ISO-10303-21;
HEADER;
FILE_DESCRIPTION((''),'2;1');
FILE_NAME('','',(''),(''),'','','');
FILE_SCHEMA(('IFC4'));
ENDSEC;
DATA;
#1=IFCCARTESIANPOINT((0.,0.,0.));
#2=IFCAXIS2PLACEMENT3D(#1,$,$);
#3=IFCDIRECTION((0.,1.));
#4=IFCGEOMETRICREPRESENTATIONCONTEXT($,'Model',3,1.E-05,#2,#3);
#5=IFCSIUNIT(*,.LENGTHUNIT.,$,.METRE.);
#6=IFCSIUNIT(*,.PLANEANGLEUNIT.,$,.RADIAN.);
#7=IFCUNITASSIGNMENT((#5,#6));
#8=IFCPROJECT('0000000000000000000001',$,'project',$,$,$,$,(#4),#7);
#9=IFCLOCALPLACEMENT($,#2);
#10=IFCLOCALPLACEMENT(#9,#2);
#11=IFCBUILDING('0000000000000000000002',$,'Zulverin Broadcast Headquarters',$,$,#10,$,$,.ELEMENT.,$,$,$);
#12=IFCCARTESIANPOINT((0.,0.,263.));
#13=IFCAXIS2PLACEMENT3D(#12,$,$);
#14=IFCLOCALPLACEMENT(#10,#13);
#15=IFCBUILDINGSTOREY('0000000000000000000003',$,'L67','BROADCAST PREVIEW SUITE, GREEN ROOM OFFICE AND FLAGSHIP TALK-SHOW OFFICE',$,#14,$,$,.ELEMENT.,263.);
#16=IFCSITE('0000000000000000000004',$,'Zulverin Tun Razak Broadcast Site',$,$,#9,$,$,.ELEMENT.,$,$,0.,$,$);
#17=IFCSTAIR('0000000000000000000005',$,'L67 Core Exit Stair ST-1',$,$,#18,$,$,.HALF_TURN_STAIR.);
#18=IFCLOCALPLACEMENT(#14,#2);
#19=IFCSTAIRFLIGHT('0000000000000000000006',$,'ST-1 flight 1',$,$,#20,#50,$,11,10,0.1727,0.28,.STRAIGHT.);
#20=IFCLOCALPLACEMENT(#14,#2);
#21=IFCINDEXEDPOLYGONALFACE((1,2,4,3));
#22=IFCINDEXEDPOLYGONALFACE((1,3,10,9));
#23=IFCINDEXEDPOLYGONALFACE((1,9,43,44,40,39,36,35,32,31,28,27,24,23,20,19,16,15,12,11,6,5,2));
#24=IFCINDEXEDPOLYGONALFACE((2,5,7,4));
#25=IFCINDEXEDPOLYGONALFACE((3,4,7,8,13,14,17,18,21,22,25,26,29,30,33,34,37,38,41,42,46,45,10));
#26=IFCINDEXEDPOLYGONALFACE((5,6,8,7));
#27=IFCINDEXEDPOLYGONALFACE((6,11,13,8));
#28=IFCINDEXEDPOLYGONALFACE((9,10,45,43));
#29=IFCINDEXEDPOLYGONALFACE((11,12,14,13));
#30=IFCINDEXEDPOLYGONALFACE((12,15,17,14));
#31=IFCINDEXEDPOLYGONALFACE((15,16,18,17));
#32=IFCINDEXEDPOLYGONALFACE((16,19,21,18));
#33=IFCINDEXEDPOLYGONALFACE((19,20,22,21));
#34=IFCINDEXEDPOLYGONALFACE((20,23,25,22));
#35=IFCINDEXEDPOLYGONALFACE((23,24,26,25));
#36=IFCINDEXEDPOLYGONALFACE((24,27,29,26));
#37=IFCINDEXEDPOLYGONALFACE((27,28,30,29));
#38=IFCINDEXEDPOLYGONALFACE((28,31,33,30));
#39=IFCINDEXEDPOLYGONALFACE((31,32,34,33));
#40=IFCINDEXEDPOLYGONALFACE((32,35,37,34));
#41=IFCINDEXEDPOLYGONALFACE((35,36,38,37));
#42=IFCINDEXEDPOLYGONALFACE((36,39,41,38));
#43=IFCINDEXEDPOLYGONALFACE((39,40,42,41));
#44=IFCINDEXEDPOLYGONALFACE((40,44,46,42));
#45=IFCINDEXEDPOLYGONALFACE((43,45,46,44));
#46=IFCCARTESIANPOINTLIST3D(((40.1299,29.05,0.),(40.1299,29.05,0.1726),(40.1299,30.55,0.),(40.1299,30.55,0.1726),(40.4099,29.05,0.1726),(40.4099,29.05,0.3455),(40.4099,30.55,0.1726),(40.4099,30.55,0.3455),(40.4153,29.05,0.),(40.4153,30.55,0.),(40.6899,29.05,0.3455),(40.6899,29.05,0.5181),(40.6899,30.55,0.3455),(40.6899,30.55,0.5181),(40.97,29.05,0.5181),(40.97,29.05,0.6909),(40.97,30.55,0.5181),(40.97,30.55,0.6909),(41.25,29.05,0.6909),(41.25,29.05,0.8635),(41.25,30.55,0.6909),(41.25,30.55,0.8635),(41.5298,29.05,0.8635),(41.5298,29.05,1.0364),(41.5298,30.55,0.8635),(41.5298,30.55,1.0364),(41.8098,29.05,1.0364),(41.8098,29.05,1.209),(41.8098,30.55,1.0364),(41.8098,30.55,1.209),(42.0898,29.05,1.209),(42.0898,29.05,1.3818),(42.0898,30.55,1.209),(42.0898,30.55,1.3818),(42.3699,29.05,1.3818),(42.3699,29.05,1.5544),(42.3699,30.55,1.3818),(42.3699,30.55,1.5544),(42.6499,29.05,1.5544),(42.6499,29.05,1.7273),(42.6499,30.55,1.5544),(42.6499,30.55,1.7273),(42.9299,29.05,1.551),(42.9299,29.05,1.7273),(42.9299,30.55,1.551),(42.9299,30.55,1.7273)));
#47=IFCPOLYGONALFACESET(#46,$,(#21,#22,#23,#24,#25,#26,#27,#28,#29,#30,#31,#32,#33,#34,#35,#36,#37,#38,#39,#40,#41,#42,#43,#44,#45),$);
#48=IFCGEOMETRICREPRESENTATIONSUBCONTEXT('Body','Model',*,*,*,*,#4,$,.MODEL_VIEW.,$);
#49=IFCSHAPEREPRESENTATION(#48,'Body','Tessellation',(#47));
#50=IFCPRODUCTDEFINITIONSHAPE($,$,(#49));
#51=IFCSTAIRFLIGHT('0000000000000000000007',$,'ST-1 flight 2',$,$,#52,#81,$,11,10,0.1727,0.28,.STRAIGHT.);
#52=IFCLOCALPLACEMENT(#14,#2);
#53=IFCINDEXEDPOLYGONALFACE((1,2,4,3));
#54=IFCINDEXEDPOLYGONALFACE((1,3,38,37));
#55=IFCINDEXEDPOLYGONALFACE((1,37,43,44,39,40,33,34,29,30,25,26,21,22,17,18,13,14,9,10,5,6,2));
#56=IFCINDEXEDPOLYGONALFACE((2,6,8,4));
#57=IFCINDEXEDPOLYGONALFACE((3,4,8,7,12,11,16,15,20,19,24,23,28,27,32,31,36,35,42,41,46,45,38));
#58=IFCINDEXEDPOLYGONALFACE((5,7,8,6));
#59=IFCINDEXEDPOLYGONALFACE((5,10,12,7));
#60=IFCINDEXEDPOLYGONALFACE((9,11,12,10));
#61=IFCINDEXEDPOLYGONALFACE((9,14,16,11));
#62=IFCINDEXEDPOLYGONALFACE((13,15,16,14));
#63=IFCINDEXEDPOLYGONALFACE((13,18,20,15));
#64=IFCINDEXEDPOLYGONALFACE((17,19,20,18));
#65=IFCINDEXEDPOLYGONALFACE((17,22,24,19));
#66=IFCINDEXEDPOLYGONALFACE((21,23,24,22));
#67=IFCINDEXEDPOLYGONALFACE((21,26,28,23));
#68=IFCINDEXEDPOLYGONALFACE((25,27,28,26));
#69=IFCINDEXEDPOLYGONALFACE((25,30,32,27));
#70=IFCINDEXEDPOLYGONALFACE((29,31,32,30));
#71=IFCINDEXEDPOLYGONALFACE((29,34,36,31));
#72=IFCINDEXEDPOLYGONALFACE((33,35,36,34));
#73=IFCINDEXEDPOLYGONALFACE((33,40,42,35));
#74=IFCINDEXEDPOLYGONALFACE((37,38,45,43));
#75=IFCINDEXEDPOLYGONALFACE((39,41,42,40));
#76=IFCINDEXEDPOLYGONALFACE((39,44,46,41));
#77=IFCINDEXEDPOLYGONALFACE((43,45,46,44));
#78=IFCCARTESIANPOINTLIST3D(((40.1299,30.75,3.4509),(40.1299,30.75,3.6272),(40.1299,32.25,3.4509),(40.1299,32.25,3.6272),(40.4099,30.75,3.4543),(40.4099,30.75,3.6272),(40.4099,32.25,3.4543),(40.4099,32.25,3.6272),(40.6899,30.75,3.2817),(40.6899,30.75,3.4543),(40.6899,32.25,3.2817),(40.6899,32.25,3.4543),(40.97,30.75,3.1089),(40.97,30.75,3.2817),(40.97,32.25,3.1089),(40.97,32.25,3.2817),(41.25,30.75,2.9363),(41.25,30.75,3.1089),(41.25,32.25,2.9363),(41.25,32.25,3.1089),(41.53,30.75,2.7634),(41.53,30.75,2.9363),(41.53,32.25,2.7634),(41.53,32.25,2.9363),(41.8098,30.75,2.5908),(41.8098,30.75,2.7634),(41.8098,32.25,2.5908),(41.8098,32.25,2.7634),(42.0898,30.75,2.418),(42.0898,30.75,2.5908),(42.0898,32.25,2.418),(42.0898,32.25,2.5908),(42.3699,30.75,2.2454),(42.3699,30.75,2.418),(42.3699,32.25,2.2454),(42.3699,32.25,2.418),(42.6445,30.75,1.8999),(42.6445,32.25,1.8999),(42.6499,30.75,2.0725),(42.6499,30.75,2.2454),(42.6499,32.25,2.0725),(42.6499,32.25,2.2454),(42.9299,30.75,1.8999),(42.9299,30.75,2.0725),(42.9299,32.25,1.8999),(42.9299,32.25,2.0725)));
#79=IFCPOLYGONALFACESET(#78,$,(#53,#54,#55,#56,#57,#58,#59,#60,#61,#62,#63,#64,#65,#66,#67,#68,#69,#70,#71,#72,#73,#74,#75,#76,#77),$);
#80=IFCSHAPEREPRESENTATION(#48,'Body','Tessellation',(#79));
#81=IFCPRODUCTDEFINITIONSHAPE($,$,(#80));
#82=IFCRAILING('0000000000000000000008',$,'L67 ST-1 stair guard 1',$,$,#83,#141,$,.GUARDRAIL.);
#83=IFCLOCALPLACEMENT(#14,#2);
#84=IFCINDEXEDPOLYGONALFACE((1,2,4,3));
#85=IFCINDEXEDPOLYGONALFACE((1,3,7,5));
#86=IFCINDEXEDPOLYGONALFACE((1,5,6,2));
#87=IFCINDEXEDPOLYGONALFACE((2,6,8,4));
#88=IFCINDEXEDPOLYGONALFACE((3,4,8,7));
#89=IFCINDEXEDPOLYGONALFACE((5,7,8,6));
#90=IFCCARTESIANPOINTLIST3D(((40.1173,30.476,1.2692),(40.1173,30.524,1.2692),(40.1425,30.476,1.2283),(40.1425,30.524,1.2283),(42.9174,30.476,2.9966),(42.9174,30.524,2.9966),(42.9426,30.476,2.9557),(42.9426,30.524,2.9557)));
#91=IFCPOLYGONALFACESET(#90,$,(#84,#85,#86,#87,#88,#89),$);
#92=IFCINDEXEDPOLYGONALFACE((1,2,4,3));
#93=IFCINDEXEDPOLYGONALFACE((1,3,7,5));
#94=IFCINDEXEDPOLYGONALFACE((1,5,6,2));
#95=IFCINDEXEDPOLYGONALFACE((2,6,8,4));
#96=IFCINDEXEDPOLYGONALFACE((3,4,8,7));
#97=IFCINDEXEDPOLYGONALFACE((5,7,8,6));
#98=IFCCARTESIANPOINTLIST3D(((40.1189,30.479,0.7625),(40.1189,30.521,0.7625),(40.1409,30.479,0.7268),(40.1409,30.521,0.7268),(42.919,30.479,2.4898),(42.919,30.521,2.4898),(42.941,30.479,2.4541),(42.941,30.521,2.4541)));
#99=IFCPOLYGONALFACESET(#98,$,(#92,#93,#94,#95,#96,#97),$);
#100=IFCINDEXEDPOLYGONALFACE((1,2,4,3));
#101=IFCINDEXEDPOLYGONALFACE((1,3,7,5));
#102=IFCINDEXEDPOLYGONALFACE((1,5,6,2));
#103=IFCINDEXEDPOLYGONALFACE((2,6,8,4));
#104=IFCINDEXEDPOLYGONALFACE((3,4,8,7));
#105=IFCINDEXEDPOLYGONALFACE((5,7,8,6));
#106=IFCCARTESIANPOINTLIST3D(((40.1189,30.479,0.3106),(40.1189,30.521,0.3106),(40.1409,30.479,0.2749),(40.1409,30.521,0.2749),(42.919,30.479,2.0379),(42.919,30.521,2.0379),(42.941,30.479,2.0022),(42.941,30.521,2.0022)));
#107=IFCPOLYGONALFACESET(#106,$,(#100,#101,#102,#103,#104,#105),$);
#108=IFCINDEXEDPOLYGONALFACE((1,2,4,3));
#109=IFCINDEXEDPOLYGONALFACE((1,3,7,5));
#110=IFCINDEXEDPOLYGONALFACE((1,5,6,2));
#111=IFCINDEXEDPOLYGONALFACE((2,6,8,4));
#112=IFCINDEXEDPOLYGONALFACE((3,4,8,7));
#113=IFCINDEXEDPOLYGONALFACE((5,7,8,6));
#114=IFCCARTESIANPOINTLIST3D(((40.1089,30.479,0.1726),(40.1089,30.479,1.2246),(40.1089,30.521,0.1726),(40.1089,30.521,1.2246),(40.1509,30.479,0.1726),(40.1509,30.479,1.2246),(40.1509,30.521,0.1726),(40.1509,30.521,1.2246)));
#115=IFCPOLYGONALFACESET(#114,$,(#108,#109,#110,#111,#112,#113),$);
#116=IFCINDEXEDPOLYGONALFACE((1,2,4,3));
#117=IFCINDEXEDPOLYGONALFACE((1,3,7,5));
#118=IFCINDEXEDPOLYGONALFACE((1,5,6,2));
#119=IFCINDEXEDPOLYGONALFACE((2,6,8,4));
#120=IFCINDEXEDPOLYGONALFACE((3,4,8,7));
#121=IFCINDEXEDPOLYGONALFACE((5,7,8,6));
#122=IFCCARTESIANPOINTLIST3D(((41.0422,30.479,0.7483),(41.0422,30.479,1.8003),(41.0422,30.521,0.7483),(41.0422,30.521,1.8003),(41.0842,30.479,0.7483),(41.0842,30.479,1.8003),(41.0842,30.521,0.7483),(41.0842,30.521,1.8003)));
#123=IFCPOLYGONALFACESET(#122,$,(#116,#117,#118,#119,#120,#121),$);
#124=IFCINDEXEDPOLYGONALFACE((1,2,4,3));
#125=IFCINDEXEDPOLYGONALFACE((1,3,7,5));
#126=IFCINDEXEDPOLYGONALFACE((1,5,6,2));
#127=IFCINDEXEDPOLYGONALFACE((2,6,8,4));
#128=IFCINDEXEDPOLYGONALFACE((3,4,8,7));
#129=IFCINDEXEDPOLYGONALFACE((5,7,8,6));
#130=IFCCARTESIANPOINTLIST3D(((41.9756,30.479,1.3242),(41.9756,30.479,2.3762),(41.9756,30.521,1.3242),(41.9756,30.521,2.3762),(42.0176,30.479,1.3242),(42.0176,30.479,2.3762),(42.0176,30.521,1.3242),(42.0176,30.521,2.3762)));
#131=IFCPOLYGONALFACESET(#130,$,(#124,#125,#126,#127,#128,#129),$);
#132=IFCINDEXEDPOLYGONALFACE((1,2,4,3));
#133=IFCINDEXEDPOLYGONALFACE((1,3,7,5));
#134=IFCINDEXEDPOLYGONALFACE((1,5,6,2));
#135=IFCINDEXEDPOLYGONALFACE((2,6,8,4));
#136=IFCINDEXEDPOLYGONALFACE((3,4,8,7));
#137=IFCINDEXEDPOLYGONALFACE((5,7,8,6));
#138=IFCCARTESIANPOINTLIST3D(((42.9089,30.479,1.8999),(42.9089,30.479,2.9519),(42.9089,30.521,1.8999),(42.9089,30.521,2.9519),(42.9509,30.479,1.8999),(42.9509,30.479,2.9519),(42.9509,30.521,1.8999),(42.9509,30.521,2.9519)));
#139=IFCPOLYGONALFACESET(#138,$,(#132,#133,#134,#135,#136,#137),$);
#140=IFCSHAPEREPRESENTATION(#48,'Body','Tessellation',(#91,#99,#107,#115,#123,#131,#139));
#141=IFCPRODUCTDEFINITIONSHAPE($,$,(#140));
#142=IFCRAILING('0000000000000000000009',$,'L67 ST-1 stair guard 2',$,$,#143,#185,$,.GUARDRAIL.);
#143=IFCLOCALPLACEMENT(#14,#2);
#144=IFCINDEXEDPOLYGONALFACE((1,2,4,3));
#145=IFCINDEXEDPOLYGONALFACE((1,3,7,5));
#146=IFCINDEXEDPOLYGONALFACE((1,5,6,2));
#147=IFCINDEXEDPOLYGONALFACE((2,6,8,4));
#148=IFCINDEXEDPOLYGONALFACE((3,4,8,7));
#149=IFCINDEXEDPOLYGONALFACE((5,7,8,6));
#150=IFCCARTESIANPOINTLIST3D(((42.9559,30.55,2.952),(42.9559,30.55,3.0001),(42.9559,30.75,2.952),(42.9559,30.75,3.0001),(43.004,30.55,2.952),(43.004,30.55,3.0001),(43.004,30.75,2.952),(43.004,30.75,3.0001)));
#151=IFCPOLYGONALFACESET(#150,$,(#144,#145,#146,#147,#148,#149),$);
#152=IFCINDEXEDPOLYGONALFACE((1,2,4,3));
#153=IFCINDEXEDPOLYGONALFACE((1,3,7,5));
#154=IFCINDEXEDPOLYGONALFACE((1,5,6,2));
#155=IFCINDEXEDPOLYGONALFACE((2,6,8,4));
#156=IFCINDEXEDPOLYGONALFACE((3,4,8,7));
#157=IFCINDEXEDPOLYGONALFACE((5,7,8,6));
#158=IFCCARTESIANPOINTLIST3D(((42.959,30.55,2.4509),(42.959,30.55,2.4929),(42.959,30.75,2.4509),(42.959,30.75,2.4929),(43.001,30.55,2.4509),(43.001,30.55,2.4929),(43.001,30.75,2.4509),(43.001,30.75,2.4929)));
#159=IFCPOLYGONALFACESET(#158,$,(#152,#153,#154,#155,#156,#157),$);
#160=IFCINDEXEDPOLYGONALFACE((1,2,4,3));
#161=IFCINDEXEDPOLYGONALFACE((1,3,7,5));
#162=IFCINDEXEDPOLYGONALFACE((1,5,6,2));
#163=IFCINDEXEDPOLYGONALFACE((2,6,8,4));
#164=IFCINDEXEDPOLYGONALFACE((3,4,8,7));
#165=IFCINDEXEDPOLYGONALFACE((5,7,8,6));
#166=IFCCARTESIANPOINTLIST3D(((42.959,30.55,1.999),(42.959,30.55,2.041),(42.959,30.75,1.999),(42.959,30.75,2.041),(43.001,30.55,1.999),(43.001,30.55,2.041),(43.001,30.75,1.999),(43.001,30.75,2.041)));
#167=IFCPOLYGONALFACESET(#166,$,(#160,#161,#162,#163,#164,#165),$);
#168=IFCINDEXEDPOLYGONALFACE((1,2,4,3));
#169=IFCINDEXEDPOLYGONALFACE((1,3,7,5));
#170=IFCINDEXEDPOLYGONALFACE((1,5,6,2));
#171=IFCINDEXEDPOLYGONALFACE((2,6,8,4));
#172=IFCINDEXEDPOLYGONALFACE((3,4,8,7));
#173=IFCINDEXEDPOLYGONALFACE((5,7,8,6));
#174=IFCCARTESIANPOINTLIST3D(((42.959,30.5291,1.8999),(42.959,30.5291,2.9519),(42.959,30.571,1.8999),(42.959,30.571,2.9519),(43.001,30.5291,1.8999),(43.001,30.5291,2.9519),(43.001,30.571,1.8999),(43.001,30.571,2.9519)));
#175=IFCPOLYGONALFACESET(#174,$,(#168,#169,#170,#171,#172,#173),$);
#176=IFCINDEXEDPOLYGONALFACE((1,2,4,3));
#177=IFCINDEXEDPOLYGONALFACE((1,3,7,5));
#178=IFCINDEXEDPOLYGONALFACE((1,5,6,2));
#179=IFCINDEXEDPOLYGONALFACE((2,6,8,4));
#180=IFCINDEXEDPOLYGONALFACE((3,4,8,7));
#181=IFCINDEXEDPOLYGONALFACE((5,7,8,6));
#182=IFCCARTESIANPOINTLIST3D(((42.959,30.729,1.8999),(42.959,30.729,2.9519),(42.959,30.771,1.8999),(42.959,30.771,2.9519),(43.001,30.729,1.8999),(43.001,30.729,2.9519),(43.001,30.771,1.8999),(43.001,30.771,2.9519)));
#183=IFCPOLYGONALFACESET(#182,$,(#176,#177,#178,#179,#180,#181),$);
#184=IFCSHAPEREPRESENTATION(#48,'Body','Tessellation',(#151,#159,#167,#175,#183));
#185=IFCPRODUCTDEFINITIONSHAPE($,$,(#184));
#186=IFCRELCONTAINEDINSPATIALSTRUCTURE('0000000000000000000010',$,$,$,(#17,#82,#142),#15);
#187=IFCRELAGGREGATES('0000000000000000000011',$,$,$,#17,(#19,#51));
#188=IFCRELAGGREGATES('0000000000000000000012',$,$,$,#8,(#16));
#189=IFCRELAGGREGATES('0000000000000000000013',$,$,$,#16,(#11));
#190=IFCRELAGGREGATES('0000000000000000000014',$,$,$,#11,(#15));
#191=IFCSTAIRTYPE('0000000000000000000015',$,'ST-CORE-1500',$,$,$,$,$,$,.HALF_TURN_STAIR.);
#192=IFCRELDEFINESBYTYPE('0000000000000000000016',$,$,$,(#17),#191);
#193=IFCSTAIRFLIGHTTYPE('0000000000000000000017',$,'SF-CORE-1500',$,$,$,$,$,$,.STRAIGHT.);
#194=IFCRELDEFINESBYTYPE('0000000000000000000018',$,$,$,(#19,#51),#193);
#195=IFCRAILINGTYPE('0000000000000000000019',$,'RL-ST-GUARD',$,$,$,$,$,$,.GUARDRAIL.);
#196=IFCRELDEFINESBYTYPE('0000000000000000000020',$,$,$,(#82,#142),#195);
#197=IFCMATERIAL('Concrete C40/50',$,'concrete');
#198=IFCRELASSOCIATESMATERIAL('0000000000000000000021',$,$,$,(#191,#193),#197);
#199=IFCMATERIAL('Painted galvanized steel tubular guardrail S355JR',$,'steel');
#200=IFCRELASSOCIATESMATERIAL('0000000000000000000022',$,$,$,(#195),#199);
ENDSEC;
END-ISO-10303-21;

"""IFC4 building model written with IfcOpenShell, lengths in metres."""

from ifc_helpers import new_model, si_unit, direction, frame, origin, origin_2d, place, context, subcontext, project, spatial, polyline, rectangle, outline, extrude, material, type_object, element, aggregate, save


model = new_model("IFC4")

# Units and contexts
model_context = context("Model", 3, precision=1e-05, world=origin(), true_north=direction((0.0, 1.0)))
body_context = subcontext(model_context, "Body", "Model", "MODEL_VIEW")
ifc_project = project(units=[si_unit("LENGTHUNIT", "METRE"), si_unit("PLANEANGLEUNIT", "RADIAN")], contexts=[model_context])

# Site, building, storey
site_placement = place(None, origin())
site = spatial("IfcSite", under=ifc_project, at=site_placement, Name="Zulverin Tun Razak Broadcast Site", CompositionType="ELEMENT", RefElevation=0.0)
building_placement = place(site_placement, origin())
building = spatial("IfcBuilding", under=site, at=building_placement, Name="Zulverin Broadcast Headquarters", CompositionType="ELEMENT")
storey_placement = place(building_placement, frame((0.0, 0.0, 263.0)))
storey = spatial("IfcBuildingStorey", under=building, at=storey_placement, Name="L67", Description="BROADCAST PREVIEW SUITE, GREEN ROOM OFFICE AND FLAGSHIP TALK-SHOW OFFICE", CompositionType="ELEMENT", Elevation=263.0)

# Shared definitions
ifc_material_1 = material(Name="Concrete C40/50", Category="concrete")

# Stair, stair flights
stair_type = type_object("IfcStairType", Name="ST-CORE-1500", PredefinedType="HALF_TURN_STAIR", material=ifc_material_1)
stair_placement = place(storey_placement, origin())
stair = element("IfcStair", 1, at=stair_placement, inside=storey, type_object=stair_type, Name="L67 Core Exit Stair ST-1", PredefinedType="HALF_TURN_STAIR")
stair_flight_type = type_object("IfcStairFlightType", Name="SF-CORE-1500", PredefinedType="STRAIGHT", material=ifc_material_1)
stair_flight_1_placement = place(storey_placement, frame((40.1299, 29.8, 0.0), z_axis=(0.0, 0.0, 1.0), x_axis=(1.0, 0.0, 0.0)))
stair_flight_1 = element("IfcStairFlight", 2, at=stair_flight_1_placement, type_object=stair_flight_type, Name="ST-1 flight 1", NumberOfRisers=11, NumberOfTreads=10, PredefinedType="STRAIGHT", RiserHeight=0.1727, TreadLength=0.28, context=body_context, shape_type="SweptSolid", body=[
    extrude(outline(polyline([(0.0, 0.0), (0.0, 0.1726), (0.28, 0.1726), (0.28, 0.3455), (0.5601, 0.3455), (0.5601, 0.5181), (0.8401, 0.5181), (0.8401, 0.6909), (1.1201, 0.6909), (1.1201, 0.8635), (1.3999, 0.8635), (1.3999, 1.0364), (1.6799, 1.0364), (1.6799, 1.209), (1.96, 1.209), (1.96, 1.3818), (2.24, 1.3818), (2.24, 1.5544), (2.52, 1.5544), (2.52, 1.7273), (2.8, 1.7273), (2.8, 1.8999), (2.8, 1.551), (0.2854, 0.0), (0.0, 0.0)])), frame((0.0, 0.75, 0.0), z_axis=(0.0, -1.0, 0.0), x_axis=(1.0, 0.0, 0.0)), (0.0, 0.0, 1.0), 1.5),
])
stair_flight_2_placement = place(storey_placement, frame((42.9299, 31.5, 1.8999), z_axis=(0.0, 0.0, 1.0), x_axis=(-1.0, 0.0, 0.0)))
stair_flight_2 = element("IfcStairFlight", 3, at=stair_flight_2_placement, type_object=stair_flight_type, Name="ST-1 flight 2", NumberOfRisers=11, NumberOfTreads=10, PredefinedType="STRAIGHT", RiserHeight=0.1727, TreadLength=0.28, context=body_context, shape_type="SweptSolid", body=[
    extrude(outline(polyline([(0.0, 0.0), (0.0, 0.1726), (0.28, 0.1726), (0.28, 0.3455), (0.5601, 0.3455), (0.5601, 0.5181), (0.8401, 0.5181), (0.8401, 0.6909), (1.1201, 0.6909), (1.1201, 0.8635), (1.3999, 0.8635), (1.3999, 1.0364), (1.6799, 1.0364), (1.6799, 1.209), (1.96, 1.209), (1.96, 1.3818), (2.24, 1.3818), (2.24, 1.5544), (2.52, 1.5544), (2.52, 1.7273), (2.8, 1.7273), (2.8, 1.8999), (2.8, 1.551), (0.2854, 0.0), (0.0, 0.0)])), frame((0.0, 0.75, 0.0), z_axis=(0.0, -1.0, 0.0), x_axis=(1.0, 0.0, 0.0)), (0.0, 0.0, 1.0), 1.5),
])
aggregate(stair, [stair_flight_1, stair_flight_2])

# Railings
ifc_material_2 = material(Name="Painted galvanized steel tubular guardrail S355JR", Category="steel")
railing_type_1 = type_object("IfcRailingType", Name="RL-ST-GUARD", PredefinedType="GUARDRAIL", material=ifc_material_2)
railing_1_placement = place(storey_placement, frame((40.1299, 30.5, 0.1726)))
element("IfcRailing", 4, at=railing_1_placement, inside=storey, type_object=railing_type_1, Name="L67 ST-1 stair guard 1", PredefinedType="GUARDRAIL", context=body_context, shape_type="SweptSolid", body=[
    extrude(rectangle(XDim=0.0481, YDim=0.0481, at=origin_2d()), frame((0.0, 0.0, 1.0762), z_axis=(0.85109, 0.0, 0.52502), x_axis=(0.0, 1.0, 0.0)), (0.0, 0.0, 1.0), 3.29),
    extrude(rectangle(XDim=0.042, YDim=0.042, at=origin_2d()), frame((0.0, 0.0, 0.572), z_axis=(0.85109, 0.0, 0.52502), x_axis=(0.0, 1.0, 0.0)), (0.0, 0.0, 1.0), 3.29),
    extrude(rectangle(XDim=0.042, YDim=0.042, at=origin_2d()), frame((0.0, 0.0, 0.1201), z_axis=(0.85109, 0.0, 0.52502), x_axis=(0.0, 1.0, 0.0)), (0.0, 0.0, 1.0), 3.29),
    extrude(rectangle(XDim=0.042, YDim=0.042, at=origin_2d()), origin(), (0.0, 0.0, 1.0), 1.052),
    extrude(rectangle(XDim=0.042, YDim=0.042, at=origin_2d()), frame((0.9333, 0.0, 0.5757)), (0.0, 0.0, 1.0), 1.052),
    extrude(rectangle(XDim=0.042, YDim=0.042, at=origin_2d()), frame((1.8667, 0.0, 1.1516)), (0.0, 0.0, 1.0), 1.052),
    extrude(rectangle(XDim=0.042, YDim=0.042, at=origin_2d()), frame((2.8, 0.0, 1.7273)), (0.0, 0.0, 1.0), 1.052),
])
railing_2_placement = place(storey_placement, frame((42.98, 30.55, 1.8999)))
element("IfcRailing", 5, at=railing_2_placement, inside=storey, type_object=railing_type_1, Name="L67 ST-1 stair guard 2", PredefinedType="GUARDRAIL", context=body_context, shape_type="SweptSolid", body=[
    extrude(rectangle(XDim=0.0481, YDim=0.0481, at=origin_2d()), frame((0.0, 0.0, 1.0762), z_axis=(0.0, 1.0, 0.0), x_axis=(-1.0, 0.0, 0.0)), (0.0, 0.0, 1.0), 0.2),
    extrude(rectangle(XDim=0.042, YDim=0.042, at=origin_2d()), frame((0.0, 0.0, 0.572), z_axis=(0.0, 1.0, 0.0), x_axis=(-1.0, 0.0, 0.0)), (0.0, 0.0, 1.0), 0.2),
    extrude(rectangle(XDim=0.042, YDim=0.042, at=origin_2d()), frame((0.0, 0.0, 0.1201), z_axis=(0.0, 1.0, 0.0), x_axis=(-1.0, 0.0, 0.0)), (0.0, 0.0, 1.0), 0.2),
    extrude(rectangle(XDim=0.042, YDim=0.042, at=origin_2d()), origin(), (0.0, 0.0, 1.0), 1.052),
    extrude(rectangle(XDim=0.042, YDim=0.042, at=origin_2d()), frame((0.0, 0.2, 0.0)), (0.0, 0.0, 1.0), 1.052),
])

save(model, "model.ifc")
